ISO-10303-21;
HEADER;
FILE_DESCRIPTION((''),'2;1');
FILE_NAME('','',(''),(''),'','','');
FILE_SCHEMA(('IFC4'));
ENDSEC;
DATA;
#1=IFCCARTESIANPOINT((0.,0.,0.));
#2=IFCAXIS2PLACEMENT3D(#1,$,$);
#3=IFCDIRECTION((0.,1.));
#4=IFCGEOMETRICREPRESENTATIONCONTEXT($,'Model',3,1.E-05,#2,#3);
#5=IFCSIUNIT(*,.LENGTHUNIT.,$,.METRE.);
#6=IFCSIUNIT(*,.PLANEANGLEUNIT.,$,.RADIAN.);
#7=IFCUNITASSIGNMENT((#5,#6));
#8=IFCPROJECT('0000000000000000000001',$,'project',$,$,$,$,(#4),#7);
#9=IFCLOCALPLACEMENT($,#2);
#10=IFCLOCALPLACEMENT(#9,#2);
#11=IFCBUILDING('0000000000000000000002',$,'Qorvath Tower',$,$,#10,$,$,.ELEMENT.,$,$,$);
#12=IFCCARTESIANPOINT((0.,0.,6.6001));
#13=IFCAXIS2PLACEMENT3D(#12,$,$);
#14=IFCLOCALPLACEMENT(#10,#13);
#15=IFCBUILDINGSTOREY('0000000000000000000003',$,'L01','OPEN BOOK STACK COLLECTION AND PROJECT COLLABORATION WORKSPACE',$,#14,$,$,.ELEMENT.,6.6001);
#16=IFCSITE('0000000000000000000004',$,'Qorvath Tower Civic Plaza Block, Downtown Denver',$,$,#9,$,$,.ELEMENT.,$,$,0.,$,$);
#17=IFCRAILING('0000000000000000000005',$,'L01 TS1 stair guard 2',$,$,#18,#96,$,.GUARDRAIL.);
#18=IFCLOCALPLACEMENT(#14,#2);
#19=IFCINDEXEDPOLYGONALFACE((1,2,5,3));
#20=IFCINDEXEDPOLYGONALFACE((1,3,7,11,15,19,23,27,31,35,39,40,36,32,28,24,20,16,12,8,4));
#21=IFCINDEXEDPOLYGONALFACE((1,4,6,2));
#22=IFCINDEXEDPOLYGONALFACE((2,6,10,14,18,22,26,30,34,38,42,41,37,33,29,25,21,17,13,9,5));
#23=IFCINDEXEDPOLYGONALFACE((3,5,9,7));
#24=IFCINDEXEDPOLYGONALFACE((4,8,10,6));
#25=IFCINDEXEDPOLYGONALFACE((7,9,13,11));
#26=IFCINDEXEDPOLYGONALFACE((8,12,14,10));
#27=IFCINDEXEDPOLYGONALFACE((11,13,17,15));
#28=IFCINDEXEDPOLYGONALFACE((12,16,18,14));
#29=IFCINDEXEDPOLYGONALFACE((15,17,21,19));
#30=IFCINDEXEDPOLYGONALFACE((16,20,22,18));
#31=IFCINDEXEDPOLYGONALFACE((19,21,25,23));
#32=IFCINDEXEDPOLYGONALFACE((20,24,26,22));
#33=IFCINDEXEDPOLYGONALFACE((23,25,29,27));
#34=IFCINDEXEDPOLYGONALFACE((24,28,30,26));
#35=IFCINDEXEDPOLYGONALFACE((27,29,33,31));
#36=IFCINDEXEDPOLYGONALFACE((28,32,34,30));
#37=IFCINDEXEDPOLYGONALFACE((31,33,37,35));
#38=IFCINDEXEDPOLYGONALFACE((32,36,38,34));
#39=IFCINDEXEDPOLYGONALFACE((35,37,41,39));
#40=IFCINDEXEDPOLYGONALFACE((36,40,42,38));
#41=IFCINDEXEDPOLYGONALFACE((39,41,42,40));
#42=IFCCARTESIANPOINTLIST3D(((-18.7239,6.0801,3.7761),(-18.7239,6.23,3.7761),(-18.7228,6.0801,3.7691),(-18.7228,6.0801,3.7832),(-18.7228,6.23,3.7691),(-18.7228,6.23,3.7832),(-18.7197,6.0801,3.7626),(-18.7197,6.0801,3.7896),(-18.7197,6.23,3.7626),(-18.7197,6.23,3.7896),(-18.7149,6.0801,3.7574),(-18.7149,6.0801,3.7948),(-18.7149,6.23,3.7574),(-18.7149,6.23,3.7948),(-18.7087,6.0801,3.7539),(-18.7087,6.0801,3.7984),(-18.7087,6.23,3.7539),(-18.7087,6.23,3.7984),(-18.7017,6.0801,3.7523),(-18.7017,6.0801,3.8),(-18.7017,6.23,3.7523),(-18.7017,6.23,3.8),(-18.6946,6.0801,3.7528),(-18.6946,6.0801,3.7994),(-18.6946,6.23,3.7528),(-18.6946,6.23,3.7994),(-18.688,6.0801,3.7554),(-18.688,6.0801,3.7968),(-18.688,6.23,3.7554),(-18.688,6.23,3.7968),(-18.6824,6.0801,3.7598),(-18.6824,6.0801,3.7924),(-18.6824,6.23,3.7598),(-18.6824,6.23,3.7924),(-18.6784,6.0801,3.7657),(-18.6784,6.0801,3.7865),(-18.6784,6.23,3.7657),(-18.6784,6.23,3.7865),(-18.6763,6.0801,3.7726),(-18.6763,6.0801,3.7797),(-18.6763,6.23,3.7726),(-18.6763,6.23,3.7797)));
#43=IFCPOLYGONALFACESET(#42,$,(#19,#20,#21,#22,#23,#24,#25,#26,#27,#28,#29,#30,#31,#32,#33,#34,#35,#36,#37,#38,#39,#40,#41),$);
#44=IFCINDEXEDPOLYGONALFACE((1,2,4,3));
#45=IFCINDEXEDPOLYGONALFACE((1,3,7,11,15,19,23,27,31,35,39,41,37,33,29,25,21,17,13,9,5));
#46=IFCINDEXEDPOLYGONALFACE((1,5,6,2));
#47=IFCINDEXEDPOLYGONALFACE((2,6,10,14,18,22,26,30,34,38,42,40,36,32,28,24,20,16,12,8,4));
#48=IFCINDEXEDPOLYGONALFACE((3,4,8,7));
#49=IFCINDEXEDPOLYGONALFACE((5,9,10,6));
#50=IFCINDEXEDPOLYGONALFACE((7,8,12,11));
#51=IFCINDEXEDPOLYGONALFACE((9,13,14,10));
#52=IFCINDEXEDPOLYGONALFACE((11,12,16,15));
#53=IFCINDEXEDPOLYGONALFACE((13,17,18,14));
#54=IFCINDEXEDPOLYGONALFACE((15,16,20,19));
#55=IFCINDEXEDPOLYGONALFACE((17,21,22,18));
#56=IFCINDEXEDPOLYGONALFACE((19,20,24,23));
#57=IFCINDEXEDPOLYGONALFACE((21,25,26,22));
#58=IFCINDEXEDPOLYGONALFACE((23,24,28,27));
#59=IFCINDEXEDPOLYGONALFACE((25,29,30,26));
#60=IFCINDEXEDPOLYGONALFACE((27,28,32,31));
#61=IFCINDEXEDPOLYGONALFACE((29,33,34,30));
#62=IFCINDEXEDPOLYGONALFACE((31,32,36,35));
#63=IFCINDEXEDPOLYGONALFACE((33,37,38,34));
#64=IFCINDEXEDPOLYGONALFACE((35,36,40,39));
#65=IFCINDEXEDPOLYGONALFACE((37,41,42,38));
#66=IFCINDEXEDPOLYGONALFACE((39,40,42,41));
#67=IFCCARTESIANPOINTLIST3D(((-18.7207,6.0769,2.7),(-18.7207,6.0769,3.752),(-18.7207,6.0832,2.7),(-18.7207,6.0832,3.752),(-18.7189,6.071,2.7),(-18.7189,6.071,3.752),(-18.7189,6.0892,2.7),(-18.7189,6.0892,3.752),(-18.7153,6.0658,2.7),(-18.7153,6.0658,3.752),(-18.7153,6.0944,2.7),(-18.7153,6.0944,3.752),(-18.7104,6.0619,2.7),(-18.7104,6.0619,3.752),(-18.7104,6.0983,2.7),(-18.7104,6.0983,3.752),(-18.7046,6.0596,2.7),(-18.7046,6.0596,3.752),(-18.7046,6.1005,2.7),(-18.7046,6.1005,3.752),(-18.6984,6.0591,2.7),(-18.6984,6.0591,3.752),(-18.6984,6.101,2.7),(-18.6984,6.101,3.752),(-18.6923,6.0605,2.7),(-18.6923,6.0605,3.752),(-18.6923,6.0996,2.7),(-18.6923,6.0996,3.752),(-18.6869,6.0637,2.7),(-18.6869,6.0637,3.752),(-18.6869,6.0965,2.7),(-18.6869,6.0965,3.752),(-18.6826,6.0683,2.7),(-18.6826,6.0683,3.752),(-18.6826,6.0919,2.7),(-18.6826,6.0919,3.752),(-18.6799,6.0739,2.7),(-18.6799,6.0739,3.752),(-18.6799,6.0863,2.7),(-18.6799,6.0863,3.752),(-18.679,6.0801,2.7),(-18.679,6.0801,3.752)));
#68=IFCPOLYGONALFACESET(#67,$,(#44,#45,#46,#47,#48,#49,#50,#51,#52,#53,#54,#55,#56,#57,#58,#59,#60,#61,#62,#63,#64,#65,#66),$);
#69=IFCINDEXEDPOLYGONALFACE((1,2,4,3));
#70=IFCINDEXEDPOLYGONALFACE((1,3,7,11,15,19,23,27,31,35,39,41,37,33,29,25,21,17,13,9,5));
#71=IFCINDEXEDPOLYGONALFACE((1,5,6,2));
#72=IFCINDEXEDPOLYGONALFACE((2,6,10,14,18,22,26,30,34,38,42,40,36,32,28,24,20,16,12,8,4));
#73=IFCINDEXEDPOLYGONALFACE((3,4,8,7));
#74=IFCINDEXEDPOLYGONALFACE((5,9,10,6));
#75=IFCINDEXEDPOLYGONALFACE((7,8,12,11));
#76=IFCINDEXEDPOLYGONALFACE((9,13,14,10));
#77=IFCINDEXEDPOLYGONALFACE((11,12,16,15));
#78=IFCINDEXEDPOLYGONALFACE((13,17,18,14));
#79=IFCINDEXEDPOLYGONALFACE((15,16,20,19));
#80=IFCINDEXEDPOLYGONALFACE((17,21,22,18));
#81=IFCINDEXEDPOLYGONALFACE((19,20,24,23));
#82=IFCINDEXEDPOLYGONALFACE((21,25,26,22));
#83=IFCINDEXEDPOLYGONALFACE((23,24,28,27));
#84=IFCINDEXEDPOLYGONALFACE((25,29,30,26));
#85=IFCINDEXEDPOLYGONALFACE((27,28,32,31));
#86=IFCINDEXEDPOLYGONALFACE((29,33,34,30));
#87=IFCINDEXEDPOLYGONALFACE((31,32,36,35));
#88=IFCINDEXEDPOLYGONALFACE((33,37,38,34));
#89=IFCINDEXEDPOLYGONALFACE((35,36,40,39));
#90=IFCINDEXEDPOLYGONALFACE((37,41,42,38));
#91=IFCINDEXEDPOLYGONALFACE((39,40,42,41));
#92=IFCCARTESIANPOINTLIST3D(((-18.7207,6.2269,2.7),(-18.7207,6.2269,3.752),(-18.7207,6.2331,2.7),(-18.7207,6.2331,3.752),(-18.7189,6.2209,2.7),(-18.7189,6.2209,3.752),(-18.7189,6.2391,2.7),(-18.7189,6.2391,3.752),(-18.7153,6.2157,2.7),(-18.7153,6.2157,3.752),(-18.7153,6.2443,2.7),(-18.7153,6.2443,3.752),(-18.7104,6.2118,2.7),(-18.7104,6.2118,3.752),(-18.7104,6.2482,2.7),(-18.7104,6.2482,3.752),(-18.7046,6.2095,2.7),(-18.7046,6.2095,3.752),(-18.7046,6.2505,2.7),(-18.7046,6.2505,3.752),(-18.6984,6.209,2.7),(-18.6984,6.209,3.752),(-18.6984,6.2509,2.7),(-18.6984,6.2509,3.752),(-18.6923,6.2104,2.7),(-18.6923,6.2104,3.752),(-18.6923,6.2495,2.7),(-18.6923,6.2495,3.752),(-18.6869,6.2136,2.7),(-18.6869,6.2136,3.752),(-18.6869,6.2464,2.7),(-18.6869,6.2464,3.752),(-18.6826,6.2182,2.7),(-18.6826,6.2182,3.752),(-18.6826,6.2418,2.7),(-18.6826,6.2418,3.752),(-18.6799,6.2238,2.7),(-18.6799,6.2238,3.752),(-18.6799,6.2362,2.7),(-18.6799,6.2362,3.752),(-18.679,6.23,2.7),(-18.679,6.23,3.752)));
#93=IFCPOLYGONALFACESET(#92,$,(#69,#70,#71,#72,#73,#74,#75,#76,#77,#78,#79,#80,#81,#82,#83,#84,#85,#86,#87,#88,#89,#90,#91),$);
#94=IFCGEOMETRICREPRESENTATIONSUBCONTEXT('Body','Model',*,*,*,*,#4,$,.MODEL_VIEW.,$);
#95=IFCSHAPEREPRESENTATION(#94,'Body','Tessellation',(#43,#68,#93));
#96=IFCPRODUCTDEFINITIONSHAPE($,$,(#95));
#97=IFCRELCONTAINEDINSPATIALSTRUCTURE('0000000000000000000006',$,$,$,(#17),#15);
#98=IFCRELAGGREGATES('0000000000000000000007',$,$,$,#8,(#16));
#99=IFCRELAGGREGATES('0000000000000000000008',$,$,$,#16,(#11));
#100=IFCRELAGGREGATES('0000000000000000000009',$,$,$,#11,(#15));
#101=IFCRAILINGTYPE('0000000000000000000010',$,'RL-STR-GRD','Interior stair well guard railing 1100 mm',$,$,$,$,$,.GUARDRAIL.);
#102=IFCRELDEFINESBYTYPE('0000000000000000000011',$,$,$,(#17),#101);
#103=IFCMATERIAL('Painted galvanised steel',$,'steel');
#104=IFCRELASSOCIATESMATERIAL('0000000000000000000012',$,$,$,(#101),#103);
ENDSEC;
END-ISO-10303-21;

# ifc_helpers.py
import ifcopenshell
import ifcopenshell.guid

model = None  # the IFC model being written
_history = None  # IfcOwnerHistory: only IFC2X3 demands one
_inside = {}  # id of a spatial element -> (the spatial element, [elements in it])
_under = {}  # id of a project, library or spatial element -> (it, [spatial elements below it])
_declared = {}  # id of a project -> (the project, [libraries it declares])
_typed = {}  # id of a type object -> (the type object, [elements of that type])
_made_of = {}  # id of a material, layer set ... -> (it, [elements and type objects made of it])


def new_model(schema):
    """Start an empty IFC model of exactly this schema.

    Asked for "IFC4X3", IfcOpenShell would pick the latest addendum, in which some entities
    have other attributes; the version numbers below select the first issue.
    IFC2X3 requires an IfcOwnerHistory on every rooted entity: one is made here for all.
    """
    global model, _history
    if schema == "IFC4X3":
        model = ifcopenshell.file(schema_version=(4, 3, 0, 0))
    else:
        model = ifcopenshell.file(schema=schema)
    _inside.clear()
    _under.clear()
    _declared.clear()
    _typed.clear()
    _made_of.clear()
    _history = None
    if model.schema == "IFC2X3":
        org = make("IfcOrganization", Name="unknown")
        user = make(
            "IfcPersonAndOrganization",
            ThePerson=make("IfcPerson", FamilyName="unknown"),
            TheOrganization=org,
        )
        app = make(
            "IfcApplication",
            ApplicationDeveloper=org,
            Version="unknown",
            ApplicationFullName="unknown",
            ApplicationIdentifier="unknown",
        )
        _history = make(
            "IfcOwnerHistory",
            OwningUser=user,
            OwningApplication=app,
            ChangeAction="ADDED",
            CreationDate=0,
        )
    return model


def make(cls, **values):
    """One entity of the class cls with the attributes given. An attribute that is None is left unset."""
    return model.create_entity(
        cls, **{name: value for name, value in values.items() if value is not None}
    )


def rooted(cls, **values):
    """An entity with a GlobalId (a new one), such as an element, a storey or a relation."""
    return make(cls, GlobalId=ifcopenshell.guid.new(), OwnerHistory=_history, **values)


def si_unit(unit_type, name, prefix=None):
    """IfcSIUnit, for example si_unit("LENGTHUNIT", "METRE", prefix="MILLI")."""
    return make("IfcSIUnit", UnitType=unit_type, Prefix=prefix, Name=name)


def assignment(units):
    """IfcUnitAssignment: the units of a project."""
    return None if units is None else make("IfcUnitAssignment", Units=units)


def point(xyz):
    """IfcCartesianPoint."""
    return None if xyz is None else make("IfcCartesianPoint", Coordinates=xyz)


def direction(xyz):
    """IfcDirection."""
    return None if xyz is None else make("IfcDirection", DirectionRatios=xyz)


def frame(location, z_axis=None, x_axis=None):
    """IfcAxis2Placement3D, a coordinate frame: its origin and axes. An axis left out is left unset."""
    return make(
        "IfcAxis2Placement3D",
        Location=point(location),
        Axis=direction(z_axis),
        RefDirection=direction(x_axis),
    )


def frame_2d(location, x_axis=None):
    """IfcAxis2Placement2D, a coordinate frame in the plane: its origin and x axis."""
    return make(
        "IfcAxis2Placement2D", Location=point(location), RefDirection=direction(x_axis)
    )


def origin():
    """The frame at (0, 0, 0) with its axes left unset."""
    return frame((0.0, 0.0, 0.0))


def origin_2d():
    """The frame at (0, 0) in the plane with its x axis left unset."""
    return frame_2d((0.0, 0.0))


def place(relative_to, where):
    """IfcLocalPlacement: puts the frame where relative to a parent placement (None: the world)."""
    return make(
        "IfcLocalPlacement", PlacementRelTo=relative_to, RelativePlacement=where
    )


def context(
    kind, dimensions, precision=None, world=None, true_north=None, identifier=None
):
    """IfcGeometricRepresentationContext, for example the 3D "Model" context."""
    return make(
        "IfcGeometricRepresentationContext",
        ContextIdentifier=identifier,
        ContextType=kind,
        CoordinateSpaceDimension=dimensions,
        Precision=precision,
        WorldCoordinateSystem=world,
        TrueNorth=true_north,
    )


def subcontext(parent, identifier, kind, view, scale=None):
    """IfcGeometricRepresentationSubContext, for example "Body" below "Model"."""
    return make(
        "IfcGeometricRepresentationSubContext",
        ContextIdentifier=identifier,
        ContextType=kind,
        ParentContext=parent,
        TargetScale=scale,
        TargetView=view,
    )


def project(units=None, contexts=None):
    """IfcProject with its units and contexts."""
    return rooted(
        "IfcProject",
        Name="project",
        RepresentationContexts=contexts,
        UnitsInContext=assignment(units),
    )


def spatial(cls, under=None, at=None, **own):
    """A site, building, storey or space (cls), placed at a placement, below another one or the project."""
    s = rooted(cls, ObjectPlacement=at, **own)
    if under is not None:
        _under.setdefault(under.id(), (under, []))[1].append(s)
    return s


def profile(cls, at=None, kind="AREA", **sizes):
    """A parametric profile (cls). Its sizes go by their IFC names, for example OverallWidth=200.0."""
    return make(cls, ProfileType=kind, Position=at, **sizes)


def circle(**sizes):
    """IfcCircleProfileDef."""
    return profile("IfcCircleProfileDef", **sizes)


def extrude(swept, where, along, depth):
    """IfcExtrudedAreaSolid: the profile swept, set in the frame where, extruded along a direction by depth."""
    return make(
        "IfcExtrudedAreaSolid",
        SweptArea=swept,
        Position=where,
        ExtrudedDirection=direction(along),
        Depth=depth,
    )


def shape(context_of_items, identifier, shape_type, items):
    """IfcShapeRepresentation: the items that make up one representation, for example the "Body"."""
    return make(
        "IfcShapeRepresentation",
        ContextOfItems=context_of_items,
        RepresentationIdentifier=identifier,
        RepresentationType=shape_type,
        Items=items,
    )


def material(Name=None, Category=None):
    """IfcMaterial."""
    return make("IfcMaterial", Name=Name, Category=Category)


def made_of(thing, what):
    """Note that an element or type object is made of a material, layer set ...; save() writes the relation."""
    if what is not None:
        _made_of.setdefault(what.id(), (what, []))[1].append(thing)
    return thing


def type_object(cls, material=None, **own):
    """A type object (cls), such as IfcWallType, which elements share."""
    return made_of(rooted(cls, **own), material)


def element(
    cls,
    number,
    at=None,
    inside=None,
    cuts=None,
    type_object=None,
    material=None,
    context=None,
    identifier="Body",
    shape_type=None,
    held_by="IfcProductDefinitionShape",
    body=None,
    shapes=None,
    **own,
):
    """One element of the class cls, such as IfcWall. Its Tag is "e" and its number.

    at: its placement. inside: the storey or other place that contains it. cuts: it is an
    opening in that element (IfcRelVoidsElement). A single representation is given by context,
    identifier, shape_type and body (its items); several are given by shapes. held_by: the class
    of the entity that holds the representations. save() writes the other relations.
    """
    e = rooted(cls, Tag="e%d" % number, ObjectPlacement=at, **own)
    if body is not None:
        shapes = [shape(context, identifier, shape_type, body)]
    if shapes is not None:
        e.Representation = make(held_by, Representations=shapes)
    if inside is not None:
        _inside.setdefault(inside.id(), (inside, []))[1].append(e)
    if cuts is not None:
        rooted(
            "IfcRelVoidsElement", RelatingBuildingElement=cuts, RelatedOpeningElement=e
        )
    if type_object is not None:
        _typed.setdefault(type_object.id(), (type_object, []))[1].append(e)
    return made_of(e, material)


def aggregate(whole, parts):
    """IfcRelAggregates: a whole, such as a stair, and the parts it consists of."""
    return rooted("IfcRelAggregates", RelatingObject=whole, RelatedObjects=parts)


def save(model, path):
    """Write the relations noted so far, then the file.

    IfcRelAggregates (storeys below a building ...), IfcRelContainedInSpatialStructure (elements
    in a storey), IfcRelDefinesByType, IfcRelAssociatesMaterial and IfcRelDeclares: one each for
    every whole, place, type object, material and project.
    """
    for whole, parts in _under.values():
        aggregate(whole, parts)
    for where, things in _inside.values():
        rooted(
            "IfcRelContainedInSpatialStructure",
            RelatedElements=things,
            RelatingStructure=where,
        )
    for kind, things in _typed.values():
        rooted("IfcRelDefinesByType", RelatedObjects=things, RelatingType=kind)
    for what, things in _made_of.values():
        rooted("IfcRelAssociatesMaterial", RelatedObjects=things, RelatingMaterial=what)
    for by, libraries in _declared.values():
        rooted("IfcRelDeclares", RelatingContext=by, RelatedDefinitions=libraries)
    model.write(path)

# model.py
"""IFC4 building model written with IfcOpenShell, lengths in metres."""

from ifc_helpers import new_model, si_unit, direction, frame, origin, origin_2d, place, context, subcontext, project, spatial, circle, extrude, material, type_object, element, save


model = new_model("IFC4")

# Units and contexts
model_context = context("Model", 3, precision=1e-05, world=origin(), true_north=direction((0.0, 1.0)))
body_context = subcontext(model_context, "Body", "Model", "MODEL_VIEW")
ifc_project = project(units=[si_unit("LENGTHUNIT", "METRE"), si_unit("PLANEANGLEUNIT", "RADIAN")], contexts=[model_context])

# Site, building, storey
site_placement = place(None, origin())
site = spatial("IfcSite", under=ifc_project, at=site_placement, Name="Qorvath Tower Civic Plaza Block, Downtown Denver", CompositionType="ELEMENT", RefElevation=0.0)
building_placement = place(site_placement, origin())
building = spatial("IfcBuilding", under=site, at=building_placement, Name="Qorvath Tower", CompositionType="ELEMENT")
storey_placement = place(building_placement, frame((0.0, 0.0, 6.6001)))
storey = spatial("IfcBuildingStorey", under=building, at=storey_placement, Name="L01", Description="OPEN BOOK STACK COLLECTION AND PROJECT COLLABORATION WORKSPACE", CompositionType="ELEMENT", Elevation=6.6001)

# Railing
ifc_material_1 = material(Name="Painted galvanised steel", Category="steel")
railing_type_1 = type_object("IfcRailingType", Name="RL-STR-GRD", Description="Interior stair well guard railing 1100 mm", PredefinedType="GUARDRAIL", material=ifc_material_1)
railing_1_placement = place(storey_placement, frame((-18.7, 6.0801, 2.7)))
element("IfcRailing", 1, at=railing_1_placement, inside=storey, type_object=railing_type_1, Name="L01 TS1 stair guard 2", PredefinedType="GUARDRAIL", context=body_context, shape_type="SweptSolid", body=[
    extrude(circle(Radius=0.0239, at=origin_2d()), frame((0.0, 0.0, 1.0762), z_axis=(0.0, 1.0, 0.0), x_axis=(-1.0, 0.0, 0.0)), (0.0, 0.0, 1.0), 0.1499),
    extrude(circle(Radius=0.021, at=origin_2d()), origin(), (0.0, 0.0, 1.0), 1.052),
    extrude(circle(Radius=0.021, at=origin_2d()), frame((0.0, 0.1499, 0.0)), (0.0, 0.0, 1.0), 1.052),
])

save(model, "model.ifc")
